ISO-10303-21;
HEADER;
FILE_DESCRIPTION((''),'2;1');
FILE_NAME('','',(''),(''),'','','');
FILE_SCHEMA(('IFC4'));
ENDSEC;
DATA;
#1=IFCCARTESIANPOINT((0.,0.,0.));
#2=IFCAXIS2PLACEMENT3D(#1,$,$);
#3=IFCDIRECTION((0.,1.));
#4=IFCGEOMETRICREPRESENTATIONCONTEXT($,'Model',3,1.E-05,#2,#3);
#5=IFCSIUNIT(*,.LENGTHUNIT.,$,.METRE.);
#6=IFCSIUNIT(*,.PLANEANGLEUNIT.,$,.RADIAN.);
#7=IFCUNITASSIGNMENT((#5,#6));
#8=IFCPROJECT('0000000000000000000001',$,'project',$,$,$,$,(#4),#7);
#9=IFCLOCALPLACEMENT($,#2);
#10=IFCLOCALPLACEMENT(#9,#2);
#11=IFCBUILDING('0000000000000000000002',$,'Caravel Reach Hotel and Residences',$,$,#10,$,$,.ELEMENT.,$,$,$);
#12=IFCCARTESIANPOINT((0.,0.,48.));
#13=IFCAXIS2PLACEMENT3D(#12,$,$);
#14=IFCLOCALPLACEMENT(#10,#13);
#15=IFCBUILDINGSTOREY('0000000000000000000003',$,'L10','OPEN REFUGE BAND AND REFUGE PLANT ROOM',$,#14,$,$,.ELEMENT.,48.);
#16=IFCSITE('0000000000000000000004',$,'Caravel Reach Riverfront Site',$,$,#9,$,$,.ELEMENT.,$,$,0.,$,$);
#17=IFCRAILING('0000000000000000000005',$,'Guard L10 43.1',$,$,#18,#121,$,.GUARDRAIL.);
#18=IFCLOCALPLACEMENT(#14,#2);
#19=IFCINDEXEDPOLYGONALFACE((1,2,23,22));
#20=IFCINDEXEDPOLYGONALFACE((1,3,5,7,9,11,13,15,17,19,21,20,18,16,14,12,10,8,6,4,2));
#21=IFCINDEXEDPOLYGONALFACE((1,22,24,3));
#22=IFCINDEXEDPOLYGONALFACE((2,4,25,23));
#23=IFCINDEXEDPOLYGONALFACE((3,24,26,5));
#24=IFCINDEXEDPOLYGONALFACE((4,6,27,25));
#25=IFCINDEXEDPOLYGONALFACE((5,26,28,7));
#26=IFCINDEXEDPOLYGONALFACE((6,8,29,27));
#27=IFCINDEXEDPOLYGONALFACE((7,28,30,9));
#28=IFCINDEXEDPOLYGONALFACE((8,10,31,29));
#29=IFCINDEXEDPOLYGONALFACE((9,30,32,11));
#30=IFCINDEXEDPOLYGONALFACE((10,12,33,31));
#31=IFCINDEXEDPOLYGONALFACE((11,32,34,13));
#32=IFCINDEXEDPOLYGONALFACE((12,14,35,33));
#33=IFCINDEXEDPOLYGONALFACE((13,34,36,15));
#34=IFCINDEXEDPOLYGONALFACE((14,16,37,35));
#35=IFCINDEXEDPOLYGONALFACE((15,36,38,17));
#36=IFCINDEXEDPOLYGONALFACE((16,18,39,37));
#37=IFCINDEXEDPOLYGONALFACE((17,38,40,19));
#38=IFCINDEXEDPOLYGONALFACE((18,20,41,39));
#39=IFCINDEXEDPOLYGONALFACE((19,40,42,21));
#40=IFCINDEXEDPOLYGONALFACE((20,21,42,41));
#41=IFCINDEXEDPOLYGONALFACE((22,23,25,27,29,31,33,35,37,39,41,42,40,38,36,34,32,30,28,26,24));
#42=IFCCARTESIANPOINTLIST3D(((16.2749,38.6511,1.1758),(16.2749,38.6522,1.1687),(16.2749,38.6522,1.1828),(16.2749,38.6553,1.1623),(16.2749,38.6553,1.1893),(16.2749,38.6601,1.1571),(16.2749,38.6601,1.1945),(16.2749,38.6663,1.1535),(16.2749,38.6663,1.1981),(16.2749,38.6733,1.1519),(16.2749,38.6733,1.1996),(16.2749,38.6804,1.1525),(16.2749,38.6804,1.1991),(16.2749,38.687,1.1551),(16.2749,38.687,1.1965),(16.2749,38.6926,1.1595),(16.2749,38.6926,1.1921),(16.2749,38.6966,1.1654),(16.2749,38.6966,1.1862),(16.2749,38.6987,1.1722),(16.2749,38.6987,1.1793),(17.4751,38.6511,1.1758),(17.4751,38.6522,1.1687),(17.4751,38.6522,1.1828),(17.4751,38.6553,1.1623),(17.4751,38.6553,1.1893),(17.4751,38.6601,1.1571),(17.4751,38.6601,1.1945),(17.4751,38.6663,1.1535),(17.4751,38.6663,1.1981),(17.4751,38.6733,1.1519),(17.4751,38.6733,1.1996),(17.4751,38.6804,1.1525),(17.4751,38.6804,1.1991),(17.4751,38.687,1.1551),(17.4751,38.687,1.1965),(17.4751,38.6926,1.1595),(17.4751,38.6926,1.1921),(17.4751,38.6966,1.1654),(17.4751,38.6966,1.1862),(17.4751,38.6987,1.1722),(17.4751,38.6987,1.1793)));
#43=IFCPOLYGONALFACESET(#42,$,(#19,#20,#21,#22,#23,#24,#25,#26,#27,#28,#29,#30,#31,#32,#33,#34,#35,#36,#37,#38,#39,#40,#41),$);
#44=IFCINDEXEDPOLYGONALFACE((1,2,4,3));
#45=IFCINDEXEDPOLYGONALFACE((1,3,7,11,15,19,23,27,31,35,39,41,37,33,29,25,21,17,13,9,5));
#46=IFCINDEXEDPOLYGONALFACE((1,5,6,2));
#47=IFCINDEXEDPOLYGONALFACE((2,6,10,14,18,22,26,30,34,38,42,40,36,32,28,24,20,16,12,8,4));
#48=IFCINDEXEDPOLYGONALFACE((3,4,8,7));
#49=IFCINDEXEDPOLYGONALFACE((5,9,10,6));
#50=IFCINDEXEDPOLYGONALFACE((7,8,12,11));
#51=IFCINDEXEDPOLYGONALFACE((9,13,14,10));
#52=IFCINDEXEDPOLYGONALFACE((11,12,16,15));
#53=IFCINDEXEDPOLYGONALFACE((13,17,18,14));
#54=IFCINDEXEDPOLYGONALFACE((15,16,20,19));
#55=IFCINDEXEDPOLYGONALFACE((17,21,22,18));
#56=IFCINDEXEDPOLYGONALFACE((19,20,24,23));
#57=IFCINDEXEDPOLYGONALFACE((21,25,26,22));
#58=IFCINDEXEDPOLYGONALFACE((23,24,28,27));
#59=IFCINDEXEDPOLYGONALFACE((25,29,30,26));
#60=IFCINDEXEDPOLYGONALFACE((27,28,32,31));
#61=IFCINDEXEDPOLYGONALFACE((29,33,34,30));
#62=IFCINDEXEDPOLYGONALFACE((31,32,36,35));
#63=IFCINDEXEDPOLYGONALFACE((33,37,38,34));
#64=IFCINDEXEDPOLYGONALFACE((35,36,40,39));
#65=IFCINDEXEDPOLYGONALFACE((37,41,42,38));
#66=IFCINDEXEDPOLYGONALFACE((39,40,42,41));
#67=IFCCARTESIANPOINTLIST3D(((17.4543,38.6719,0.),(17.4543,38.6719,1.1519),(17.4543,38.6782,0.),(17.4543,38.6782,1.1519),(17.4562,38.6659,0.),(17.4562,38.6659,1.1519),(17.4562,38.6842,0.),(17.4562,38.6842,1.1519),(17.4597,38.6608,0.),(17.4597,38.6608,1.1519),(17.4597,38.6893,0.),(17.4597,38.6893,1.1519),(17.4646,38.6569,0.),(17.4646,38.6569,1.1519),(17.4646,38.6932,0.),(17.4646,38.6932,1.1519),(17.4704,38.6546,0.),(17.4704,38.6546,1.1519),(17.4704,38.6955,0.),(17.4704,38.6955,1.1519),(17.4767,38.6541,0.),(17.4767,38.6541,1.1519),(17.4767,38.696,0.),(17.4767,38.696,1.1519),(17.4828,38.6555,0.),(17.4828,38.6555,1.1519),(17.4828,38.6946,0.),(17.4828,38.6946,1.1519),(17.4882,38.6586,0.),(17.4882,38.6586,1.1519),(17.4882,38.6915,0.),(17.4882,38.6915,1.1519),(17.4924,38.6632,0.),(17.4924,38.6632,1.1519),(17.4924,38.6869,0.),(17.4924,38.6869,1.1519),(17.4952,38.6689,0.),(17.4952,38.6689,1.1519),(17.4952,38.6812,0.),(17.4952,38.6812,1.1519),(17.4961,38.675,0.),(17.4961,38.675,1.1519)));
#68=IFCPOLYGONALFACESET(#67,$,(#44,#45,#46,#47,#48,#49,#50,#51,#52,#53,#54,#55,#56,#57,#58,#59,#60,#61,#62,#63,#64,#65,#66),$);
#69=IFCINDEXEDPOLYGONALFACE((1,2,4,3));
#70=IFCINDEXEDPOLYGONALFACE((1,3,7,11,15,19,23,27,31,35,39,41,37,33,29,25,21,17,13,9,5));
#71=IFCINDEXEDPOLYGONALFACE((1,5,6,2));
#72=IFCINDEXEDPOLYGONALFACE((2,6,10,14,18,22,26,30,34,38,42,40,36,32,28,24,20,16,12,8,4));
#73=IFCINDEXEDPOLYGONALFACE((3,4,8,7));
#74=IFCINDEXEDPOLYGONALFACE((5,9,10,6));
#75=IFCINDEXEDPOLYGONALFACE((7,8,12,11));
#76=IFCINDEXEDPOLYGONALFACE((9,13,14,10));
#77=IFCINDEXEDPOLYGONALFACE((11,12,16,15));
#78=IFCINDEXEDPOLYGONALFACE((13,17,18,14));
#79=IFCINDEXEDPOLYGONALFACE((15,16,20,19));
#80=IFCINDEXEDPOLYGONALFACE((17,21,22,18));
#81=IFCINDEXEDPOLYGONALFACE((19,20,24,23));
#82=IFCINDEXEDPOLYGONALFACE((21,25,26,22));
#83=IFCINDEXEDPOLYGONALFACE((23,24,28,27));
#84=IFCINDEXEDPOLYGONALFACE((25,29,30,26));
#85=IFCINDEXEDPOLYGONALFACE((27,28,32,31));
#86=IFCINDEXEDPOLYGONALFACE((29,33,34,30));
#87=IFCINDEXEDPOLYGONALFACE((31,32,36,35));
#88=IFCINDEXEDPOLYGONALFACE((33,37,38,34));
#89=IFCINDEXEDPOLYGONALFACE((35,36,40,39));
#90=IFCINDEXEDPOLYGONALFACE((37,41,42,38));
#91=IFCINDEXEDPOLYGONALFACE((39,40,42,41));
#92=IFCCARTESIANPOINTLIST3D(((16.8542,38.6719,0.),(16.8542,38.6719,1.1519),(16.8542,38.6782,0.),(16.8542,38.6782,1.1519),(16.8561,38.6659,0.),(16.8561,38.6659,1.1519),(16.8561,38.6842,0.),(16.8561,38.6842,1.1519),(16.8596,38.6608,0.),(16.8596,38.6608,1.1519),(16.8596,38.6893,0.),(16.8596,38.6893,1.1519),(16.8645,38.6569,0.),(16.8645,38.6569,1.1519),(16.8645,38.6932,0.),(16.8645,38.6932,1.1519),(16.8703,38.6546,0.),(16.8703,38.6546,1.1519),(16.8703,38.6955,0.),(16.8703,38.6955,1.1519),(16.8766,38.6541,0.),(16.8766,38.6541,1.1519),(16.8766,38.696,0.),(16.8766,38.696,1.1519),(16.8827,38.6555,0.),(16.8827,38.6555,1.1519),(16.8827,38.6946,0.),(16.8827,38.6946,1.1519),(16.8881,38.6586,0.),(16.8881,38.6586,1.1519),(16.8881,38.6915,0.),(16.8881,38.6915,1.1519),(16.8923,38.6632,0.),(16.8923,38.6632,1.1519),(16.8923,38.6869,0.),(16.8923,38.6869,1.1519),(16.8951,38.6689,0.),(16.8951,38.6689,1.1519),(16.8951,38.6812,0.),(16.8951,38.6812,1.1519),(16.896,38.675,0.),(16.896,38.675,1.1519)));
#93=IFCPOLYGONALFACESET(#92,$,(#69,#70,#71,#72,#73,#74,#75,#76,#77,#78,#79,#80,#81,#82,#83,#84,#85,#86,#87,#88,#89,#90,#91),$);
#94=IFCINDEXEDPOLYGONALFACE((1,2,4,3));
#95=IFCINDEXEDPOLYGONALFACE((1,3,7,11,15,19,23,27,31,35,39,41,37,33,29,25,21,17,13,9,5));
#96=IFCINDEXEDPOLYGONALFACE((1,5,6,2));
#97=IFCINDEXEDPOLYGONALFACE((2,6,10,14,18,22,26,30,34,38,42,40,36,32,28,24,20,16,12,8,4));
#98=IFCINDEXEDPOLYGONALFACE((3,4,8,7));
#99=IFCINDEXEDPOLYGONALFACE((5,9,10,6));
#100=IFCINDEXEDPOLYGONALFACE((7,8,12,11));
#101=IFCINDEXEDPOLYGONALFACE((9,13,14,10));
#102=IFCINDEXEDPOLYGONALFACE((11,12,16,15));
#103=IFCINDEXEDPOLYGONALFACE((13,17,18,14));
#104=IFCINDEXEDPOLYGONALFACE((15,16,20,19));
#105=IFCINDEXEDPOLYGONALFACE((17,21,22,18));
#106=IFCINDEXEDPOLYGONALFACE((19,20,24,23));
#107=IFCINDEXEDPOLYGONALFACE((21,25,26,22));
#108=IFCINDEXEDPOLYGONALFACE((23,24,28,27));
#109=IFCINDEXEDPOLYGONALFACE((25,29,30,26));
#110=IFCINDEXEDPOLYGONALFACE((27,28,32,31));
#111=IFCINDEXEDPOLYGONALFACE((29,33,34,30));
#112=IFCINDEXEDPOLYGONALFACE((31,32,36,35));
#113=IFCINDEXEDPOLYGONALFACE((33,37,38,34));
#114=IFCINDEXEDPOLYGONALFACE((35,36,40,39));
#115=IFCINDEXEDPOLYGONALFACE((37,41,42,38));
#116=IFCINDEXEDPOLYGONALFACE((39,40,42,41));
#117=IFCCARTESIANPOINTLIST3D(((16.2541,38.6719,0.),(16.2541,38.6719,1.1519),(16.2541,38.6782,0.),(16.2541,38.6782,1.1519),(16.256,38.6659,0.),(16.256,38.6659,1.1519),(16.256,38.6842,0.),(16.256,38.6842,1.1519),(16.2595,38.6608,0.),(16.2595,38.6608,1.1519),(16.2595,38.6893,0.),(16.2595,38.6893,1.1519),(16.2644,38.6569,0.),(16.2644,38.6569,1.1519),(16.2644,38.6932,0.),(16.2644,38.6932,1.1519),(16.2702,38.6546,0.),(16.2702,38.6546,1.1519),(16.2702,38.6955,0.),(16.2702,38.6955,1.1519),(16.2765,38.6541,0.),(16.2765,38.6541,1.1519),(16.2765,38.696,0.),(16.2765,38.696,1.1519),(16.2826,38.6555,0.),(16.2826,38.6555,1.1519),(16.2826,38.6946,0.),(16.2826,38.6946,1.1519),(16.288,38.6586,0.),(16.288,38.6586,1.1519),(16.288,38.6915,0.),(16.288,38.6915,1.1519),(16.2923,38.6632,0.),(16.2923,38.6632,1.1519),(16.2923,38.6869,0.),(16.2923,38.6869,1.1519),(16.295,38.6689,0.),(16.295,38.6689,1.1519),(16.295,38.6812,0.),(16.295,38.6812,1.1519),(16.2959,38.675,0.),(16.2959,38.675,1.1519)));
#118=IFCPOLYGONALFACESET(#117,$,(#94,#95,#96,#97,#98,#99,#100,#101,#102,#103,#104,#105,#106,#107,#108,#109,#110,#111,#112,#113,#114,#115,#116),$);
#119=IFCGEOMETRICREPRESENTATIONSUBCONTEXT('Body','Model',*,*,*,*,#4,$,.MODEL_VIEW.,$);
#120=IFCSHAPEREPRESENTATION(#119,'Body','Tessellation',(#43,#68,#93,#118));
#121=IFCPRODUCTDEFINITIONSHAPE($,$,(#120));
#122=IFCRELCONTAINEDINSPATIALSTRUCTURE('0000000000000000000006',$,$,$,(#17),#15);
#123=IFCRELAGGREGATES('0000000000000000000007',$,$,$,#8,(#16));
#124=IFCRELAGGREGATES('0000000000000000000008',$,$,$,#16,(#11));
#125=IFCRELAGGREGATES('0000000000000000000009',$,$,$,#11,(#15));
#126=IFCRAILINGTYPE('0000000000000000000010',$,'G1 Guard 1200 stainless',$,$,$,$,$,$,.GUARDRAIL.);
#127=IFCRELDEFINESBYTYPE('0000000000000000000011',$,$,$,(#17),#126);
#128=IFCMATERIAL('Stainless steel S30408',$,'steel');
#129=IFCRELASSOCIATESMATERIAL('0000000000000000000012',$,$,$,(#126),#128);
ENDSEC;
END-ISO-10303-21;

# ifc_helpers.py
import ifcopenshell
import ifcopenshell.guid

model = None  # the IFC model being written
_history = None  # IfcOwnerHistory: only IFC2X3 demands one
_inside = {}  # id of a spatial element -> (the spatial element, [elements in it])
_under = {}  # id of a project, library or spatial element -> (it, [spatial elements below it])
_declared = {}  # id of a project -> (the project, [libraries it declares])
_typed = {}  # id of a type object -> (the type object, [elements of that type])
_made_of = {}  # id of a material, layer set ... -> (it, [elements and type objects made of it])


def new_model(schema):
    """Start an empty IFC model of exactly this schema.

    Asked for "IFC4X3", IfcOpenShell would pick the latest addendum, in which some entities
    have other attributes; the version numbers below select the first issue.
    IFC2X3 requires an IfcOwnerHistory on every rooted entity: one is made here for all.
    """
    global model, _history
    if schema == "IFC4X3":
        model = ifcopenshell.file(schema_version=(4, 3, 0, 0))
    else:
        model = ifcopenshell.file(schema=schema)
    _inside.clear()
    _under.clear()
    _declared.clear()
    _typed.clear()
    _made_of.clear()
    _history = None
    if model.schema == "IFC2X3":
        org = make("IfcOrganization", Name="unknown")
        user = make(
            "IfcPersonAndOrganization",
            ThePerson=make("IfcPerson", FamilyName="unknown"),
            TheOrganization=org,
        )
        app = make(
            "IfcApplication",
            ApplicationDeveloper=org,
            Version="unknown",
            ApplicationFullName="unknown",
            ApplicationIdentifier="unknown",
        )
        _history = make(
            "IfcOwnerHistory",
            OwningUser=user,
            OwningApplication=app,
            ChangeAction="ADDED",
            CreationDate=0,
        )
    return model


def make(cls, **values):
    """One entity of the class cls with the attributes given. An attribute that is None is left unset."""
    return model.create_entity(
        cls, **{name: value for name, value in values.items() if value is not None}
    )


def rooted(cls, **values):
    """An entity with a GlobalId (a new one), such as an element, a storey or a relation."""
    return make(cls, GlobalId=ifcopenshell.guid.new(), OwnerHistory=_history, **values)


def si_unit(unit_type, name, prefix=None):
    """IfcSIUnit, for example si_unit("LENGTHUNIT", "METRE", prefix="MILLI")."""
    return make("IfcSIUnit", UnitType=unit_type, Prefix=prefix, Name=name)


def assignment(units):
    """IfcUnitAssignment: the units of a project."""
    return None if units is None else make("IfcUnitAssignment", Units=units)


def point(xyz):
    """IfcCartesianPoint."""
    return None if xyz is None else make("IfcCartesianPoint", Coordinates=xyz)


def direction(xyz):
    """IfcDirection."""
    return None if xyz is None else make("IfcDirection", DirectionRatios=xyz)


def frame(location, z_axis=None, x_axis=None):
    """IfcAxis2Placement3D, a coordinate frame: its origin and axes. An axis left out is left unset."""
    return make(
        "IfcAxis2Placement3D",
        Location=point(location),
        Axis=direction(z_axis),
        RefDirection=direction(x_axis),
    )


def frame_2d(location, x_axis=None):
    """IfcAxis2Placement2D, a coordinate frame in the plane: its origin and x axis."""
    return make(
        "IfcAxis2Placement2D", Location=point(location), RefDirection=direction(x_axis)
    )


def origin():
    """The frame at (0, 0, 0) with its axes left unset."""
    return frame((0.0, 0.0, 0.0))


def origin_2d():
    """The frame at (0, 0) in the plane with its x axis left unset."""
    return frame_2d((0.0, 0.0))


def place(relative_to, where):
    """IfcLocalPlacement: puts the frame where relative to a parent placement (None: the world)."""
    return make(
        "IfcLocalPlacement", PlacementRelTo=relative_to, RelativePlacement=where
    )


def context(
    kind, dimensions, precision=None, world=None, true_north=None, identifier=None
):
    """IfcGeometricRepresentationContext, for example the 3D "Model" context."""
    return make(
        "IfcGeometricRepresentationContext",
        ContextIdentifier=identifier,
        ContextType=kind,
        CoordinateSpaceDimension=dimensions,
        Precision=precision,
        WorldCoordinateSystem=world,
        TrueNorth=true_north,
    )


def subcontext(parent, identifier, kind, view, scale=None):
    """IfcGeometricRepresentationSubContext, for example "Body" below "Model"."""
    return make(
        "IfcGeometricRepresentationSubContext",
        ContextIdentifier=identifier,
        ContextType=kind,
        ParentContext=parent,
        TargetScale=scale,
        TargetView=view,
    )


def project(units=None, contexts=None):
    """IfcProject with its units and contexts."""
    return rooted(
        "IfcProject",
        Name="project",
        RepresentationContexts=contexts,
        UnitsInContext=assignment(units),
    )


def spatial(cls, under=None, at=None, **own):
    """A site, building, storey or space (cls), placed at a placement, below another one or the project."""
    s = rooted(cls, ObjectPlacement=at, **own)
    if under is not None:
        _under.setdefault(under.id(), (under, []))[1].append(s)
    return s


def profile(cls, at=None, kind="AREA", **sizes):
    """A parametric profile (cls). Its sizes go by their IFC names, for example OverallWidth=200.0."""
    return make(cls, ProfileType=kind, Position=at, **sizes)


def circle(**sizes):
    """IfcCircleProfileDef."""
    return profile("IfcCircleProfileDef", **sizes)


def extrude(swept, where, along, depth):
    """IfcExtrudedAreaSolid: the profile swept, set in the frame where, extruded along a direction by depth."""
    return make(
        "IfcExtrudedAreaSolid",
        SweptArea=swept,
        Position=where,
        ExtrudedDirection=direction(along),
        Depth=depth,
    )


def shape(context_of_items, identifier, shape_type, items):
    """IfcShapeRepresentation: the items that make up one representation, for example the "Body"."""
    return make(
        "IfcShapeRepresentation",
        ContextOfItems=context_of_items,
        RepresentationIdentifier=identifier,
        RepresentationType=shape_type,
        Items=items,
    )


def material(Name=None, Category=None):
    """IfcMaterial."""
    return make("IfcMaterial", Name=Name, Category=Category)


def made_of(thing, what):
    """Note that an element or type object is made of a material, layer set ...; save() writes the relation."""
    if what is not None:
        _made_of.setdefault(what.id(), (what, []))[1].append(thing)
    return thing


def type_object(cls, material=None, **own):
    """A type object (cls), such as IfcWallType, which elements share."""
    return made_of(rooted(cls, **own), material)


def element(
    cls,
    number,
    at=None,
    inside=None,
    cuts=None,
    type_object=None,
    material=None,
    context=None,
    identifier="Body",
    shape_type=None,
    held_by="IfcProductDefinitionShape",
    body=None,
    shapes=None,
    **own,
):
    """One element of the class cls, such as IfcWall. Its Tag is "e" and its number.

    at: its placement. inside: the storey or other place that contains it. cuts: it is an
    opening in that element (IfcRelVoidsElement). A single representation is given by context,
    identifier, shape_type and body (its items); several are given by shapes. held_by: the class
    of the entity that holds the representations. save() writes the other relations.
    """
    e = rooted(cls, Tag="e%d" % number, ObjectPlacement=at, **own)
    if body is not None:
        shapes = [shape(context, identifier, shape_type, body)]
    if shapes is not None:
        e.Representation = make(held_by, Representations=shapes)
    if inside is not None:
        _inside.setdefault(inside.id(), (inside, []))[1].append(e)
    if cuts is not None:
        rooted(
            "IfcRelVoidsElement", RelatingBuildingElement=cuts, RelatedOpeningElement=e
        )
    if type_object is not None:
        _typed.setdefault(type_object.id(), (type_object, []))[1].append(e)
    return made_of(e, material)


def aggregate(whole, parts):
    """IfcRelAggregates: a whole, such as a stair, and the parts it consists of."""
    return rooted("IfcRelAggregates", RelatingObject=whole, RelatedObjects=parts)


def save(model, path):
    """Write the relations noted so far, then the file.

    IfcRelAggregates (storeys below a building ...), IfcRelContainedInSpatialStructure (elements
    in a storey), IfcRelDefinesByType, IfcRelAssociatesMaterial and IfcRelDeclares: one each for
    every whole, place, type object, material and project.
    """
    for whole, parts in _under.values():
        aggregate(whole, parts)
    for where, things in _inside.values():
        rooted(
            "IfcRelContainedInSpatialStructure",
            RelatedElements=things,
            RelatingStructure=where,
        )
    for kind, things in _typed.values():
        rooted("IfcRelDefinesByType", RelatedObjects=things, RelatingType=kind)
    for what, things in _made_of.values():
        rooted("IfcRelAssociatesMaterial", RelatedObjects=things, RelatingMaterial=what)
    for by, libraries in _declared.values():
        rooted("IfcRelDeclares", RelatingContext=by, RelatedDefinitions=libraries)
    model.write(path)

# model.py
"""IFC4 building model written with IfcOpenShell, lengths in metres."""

from ifc_helpers import new_model, si_unit, direction, frame, origin, origin_2d, place, context, subcontext, project, spatial, circle, extrude, material, type_object, element, save


model = new_model("IFC4")

# Units and contexts
model_context = context("Model", 3, precision=1e-05, world=origin(), true_north=direction((0.0, 1.0)))
body_context = subcontext(model_context, "Body", "Model", "MODEL_VIEW")
ifc_project = project(units=[si_unit("LENGTHUNIT", "METRE"), si_unit("PLANEANGLEUNIT", "RADIAN")], contexts=[model_context])

# Site, building, storey
site_placement = place(None, origin())
site = spatial("IfcSite", under=ifc_project, at=site_placement, Name="Caravel Reach Riverfront Site", CompositionType="ELEMENT", RefElevation=0.0)
building_placement = place(site_placement, origin())
building = spatial("IfcBuilding", under=site, at=building_placement, Name="Caravel Reach Hotel and Residences", CompositionType="ELEMENT")
storey_placement = place(building_placement, frame((0.0, 0.0, 48.0)))
storey = spatial("IfcBuildingStorey", under=building, at=storey_placement, Name="L10", Description="OPEN REFUGE BAND AND REFUGE PLANT ROOM", CompositionType="ELEMENT", Elevation=48.0)

# Railing
ifc_material_1 = material(Name="Stainless steel S30408", Category="steel")
railing_type = type_object("IfcRailingType", Name="G1 Guard 1200 stainless", PredefinedType="GUARDRAIL", material=ifc_material_1)
railing_1_placement = place(storey_placement, frame((17.4751, 38.675, 0.0)))
element("IfcRailing", 1, at=railing_1_placement, inside=storey, type_object=railing_type, Name="Guard L10 43.1", PredefinedType="GUARDRAIL", context=body_context, shape_type="SweptSolid", body=[
    extrude(circle(Radius=0.0239, at=origin_2d()), frame((0.0, 0.0, 1.1758), z_axis=(-1.0, 0.0, 0.0), x_axis=(0.0, -1.0, 0.0)), (0.0, 0.0, 1.0), 1.2002),
    extrude(circle(Radius=0.021, at=origin_2d()), origin(), (0.0, 0.0, 1.0), 1.1519),
    extrude(circle(Radius=0.021, at=origin_2d()), frame((-0.6001, 0.0, 0.0)), (0.0, 0.0, 1.0), 1.1519),
    extrude(circle(Radius=0.021, at=origin_2d()), frame((-1.2002, 0.0, 0.0)), (0.0, 0.0, 1.0), 1.1519),
])

save(model, "model.ifc")
